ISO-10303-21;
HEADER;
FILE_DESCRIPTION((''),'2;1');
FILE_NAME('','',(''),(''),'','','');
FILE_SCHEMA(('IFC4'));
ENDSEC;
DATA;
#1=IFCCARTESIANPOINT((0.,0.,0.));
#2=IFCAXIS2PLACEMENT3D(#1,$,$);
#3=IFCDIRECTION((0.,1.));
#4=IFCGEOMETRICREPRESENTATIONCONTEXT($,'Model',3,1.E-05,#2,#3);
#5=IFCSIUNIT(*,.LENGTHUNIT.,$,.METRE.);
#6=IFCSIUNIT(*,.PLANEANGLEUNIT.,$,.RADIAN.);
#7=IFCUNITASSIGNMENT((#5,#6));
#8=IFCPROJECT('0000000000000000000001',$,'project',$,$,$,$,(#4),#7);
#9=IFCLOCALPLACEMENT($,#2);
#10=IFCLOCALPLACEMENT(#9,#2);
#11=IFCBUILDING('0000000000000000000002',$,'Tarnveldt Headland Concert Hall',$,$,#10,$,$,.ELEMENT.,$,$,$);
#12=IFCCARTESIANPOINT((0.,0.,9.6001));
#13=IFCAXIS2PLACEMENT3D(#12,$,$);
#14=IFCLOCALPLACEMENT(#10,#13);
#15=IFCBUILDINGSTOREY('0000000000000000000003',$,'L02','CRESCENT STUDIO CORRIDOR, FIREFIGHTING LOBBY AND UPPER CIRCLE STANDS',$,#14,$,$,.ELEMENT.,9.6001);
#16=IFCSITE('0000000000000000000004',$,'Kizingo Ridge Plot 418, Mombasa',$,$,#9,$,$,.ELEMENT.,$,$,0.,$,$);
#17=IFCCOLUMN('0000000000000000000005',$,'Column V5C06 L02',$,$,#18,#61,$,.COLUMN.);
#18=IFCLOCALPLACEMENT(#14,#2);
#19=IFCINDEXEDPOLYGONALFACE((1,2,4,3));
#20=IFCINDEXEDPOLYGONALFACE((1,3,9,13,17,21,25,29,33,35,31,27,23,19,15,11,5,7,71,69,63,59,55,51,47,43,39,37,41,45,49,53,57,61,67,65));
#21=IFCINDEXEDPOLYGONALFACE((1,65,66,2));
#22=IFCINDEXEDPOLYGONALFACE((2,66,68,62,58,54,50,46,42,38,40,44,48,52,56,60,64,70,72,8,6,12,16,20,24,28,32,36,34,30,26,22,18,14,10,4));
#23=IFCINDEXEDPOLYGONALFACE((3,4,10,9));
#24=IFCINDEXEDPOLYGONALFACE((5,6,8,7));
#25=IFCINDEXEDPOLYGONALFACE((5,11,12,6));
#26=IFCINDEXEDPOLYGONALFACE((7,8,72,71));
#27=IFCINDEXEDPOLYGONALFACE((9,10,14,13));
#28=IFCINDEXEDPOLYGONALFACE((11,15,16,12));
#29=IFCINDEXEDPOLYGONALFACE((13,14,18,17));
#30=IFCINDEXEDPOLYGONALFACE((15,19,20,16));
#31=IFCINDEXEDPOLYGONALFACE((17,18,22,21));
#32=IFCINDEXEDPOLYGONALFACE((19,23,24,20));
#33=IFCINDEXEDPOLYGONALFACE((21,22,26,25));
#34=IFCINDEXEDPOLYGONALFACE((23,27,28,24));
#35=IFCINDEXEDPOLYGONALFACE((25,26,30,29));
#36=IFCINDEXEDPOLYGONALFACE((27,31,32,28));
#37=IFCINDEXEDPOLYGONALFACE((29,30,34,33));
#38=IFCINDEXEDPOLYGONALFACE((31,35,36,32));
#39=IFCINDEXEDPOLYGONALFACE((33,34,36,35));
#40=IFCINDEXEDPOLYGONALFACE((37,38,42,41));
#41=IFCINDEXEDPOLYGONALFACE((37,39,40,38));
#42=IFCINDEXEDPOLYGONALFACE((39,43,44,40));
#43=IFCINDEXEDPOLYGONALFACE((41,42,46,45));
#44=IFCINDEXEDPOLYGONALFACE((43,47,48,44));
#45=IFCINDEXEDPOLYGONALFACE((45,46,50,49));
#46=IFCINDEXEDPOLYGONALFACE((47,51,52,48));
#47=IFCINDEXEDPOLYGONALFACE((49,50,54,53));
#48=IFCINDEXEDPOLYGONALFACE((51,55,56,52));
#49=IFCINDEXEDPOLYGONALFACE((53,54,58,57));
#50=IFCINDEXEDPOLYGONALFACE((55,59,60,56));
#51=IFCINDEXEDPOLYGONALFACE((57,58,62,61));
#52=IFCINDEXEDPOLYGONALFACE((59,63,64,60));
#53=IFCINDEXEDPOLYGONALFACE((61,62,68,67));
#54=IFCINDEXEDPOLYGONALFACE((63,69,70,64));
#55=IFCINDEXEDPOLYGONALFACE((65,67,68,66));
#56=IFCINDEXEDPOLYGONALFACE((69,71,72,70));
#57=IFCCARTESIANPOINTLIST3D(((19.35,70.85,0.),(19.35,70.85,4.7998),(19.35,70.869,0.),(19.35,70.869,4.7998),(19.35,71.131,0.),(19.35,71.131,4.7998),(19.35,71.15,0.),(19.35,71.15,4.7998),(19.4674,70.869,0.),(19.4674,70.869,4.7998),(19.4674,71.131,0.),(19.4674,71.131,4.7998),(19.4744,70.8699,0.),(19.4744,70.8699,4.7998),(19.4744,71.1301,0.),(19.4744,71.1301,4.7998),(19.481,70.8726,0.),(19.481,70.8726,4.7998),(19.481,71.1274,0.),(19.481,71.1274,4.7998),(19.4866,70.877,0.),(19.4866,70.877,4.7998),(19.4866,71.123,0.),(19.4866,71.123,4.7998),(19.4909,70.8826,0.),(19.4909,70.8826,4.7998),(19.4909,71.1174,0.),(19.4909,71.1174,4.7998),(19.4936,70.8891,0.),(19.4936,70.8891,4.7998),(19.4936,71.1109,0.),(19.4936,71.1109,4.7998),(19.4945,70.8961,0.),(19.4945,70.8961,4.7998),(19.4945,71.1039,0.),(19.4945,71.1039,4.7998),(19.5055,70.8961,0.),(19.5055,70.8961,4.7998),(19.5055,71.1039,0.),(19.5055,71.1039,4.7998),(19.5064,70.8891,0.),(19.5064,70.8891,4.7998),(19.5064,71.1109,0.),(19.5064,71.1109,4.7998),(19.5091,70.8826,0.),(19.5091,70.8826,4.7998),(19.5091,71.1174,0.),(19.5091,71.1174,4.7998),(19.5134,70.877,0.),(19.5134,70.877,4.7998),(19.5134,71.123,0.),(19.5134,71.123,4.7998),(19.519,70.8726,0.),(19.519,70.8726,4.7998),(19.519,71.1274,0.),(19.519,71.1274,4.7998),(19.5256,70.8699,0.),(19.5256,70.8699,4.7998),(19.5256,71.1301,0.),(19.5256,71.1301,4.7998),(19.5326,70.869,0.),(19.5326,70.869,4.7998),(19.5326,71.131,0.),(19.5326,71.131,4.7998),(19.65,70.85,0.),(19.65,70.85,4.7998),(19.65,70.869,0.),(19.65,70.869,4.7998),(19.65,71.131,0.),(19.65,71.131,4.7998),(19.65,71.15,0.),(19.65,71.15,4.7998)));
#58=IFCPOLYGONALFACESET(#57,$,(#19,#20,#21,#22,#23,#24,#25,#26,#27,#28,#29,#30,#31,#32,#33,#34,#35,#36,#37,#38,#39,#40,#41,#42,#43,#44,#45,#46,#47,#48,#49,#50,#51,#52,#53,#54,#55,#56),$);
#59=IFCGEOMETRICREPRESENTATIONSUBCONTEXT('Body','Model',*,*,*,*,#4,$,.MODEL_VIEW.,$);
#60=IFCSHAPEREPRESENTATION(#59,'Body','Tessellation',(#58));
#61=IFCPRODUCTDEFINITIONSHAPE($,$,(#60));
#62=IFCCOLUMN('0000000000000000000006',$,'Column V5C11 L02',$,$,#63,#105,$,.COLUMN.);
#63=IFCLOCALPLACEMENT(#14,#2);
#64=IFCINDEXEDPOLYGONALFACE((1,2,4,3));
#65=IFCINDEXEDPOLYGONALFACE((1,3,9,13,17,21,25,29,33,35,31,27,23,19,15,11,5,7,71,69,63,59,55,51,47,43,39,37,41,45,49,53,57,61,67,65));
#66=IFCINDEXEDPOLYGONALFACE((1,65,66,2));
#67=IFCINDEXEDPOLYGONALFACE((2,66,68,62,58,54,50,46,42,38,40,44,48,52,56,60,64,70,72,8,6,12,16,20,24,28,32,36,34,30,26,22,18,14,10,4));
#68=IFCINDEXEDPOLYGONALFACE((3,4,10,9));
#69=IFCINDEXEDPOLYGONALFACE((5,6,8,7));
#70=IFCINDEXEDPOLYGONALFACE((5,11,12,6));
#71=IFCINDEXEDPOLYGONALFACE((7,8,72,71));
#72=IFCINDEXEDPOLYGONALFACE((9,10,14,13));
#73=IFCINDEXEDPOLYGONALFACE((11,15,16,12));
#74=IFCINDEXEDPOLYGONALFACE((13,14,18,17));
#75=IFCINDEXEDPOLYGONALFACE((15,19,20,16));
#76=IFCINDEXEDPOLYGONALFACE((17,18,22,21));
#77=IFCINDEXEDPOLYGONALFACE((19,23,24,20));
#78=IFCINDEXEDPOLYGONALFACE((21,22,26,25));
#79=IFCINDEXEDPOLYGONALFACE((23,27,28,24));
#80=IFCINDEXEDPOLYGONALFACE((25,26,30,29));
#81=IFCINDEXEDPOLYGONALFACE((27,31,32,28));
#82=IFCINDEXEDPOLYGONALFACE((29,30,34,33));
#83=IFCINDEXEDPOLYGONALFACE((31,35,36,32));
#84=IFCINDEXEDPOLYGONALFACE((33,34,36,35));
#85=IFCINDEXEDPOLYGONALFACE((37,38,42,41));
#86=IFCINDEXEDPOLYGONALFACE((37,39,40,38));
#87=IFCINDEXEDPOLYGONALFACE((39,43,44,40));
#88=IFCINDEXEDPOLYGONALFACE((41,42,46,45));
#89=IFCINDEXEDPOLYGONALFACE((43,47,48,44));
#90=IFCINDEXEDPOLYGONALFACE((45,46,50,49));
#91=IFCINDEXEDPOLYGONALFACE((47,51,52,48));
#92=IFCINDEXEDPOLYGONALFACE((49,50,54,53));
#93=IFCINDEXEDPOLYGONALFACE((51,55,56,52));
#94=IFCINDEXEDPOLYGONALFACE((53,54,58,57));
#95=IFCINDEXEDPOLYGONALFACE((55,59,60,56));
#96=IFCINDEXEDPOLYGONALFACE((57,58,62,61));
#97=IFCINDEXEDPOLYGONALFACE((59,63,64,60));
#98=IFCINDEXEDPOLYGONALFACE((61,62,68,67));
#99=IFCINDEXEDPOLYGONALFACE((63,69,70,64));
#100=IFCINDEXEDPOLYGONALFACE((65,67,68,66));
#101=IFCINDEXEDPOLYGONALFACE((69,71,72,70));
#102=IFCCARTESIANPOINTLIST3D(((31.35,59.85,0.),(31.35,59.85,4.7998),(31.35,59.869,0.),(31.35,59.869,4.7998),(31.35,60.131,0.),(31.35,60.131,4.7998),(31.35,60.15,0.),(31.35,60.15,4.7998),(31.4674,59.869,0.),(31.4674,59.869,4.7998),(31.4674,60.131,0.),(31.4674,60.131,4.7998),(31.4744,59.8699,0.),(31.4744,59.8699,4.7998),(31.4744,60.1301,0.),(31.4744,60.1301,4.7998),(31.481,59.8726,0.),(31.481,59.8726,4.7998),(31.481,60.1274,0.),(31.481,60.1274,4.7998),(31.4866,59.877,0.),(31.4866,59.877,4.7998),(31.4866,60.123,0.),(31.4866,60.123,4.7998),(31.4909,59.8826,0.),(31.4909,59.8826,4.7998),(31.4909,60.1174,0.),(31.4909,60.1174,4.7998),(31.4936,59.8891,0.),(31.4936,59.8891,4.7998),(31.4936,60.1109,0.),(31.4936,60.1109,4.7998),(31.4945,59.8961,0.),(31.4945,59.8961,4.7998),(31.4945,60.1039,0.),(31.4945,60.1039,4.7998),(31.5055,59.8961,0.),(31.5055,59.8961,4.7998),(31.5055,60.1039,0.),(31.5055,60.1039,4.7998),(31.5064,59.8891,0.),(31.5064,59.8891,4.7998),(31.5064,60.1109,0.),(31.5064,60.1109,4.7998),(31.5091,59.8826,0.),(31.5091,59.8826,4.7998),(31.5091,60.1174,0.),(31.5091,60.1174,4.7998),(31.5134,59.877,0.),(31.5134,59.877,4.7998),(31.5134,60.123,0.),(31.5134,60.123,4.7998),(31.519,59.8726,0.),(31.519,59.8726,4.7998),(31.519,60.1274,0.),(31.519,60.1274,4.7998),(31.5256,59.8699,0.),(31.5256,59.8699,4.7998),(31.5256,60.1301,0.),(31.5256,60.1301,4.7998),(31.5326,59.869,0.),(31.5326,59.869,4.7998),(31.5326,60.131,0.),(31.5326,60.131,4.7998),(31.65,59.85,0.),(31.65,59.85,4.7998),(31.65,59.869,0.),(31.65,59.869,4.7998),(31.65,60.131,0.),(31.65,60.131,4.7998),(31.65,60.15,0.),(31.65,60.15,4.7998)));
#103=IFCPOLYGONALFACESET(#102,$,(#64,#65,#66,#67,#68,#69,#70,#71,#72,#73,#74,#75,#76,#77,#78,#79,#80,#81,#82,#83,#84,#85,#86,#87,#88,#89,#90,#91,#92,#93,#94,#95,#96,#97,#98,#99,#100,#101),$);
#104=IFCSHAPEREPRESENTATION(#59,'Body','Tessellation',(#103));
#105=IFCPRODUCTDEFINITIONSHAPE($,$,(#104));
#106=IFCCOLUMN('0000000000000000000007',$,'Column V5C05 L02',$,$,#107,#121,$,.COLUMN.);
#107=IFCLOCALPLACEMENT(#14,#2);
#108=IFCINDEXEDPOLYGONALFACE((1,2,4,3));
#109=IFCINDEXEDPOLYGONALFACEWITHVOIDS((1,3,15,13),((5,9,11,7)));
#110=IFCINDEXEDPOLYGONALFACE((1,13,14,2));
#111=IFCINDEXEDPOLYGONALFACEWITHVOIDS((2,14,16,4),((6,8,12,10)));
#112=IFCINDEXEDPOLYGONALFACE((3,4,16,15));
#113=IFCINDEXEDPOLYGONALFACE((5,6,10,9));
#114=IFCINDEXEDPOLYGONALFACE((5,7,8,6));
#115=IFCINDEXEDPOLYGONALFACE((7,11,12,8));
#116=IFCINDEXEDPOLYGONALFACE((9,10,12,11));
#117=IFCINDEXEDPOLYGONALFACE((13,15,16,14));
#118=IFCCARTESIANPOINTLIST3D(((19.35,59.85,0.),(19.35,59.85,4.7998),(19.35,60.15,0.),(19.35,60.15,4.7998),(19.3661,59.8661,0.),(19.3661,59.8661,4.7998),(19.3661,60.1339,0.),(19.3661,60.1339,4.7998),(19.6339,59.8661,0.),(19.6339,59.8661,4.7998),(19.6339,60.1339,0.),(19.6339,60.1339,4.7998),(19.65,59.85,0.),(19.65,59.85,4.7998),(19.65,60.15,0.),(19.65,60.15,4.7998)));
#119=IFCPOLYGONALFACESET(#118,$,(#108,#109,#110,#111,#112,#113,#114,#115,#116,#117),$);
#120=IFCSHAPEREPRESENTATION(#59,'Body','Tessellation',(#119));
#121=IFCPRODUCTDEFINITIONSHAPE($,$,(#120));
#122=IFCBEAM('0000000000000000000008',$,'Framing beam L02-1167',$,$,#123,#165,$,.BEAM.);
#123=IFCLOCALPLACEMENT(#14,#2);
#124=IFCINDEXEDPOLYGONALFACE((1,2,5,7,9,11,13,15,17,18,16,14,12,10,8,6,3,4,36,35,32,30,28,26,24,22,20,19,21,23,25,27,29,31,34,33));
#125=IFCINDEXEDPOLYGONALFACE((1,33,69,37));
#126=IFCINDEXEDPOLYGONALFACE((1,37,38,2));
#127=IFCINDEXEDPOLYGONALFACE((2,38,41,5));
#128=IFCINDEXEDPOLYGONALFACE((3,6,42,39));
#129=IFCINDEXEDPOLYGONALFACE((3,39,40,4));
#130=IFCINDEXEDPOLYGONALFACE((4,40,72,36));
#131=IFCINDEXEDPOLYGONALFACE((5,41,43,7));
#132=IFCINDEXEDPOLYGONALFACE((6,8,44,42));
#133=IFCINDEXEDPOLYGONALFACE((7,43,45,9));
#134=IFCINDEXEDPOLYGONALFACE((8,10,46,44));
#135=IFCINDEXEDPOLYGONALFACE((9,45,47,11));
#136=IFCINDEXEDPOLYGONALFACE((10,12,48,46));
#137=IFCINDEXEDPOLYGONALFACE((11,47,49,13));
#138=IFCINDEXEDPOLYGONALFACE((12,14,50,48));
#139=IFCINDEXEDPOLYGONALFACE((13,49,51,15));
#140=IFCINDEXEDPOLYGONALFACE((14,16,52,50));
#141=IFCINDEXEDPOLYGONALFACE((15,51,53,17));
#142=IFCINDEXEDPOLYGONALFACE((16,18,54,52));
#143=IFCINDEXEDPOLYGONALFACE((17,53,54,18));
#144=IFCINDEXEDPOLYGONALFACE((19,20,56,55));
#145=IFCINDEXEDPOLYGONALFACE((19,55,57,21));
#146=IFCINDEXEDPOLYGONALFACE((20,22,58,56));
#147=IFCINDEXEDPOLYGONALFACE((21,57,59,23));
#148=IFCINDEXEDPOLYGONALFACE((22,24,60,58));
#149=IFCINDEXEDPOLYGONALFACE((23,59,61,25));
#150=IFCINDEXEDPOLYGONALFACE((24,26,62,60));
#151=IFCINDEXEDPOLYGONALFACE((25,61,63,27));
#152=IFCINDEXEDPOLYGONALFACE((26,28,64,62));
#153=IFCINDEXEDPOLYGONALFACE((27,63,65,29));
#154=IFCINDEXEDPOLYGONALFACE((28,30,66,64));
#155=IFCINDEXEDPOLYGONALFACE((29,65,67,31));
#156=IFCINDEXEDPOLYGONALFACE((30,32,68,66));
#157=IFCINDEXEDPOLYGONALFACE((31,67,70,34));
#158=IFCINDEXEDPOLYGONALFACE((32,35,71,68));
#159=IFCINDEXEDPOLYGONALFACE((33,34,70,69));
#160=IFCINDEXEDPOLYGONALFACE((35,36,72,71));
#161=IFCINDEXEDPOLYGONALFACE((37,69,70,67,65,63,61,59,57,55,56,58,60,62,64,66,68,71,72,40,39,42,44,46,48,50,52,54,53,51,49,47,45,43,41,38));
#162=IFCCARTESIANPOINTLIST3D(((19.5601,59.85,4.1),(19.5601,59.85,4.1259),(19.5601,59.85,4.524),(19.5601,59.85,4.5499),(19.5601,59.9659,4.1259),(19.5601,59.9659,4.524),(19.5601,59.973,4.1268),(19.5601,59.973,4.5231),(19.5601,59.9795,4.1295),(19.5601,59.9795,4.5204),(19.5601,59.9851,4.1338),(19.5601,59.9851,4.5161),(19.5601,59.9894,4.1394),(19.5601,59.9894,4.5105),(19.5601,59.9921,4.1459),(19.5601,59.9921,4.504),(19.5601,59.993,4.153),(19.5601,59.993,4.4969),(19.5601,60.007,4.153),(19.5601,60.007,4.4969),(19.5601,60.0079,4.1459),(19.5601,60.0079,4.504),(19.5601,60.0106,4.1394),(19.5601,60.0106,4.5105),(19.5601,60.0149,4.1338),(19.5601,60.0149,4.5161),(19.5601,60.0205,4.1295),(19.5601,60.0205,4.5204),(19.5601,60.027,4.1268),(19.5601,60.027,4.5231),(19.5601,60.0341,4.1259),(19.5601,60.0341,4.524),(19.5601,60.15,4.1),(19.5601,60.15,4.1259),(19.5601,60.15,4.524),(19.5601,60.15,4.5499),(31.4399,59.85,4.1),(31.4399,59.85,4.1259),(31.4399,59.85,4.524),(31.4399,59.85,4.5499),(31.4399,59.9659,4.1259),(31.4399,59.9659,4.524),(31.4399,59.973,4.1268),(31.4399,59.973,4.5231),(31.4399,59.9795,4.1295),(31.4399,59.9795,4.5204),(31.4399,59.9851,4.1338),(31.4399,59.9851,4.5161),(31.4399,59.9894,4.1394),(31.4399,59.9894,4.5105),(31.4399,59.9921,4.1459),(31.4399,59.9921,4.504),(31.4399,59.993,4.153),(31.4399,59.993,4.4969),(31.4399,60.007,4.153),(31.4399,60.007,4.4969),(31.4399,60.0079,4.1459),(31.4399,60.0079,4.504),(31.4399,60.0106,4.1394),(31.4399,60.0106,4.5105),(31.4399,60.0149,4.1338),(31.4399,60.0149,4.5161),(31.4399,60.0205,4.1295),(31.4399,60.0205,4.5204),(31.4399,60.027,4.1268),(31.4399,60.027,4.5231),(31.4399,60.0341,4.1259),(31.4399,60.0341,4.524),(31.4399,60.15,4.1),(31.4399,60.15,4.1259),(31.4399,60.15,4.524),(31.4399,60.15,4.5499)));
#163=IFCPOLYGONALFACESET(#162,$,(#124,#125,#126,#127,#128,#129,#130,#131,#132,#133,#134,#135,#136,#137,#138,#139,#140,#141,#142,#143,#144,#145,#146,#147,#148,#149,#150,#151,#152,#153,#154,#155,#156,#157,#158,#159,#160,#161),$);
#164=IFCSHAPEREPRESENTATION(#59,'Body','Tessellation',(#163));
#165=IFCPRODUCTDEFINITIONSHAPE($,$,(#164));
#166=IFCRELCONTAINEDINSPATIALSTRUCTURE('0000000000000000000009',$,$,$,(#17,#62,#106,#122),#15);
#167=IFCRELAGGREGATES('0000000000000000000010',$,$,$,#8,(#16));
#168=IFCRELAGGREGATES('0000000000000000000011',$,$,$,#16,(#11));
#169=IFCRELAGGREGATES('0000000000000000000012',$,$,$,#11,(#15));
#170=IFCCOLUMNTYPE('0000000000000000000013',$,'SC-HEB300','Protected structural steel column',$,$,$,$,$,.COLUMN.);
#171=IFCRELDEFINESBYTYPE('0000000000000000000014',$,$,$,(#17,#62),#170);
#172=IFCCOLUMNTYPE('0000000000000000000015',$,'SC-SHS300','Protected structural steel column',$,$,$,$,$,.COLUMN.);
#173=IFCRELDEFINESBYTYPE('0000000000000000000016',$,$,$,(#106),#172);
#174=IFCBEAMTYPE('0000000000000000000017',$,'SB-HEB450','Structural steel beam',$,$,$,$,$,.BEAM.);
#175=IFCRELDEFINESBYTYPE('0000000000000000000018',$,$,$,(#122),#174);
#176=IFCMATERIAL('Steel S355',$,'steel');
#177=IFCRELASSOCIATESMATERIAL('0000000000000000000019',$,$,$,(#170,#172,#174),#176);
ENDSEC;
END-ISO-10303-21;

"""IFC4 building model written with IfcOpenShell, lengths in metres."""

from ifc_helpers import new_model, si_unit, direction, frame, origin, origin_2d, place, context, subcontext, project, spatial, hollow_rectangle, i_section, extrude, material, material_profile, profile_set, type_object, element, save


model = new_model("IFC4")

# Units and contexts
model_context = context("Model", 3, precision=1e-05, world=origin(), true_north=direction((0.0, 1.0)))
body_context = subcontext(model_context, "Body", "Model", "MODEL_VIEW")
ifc_project = project(units=[si_unit("LENGTHUNIT", "METRE"), si_unit("PLANEANGLEUNIT", "RADIAN")], contexts=[model_context])

# Site, building, storey
site_placement = place(None, origin())
site = spatial("IfcSite", under=ifc_project, at=site_placement, Name="Kizingo Ridge Plot 418, Mombasa", CompositionType="ELEMENT", RefElevation=0.0)
building_placement = place(site_placement, origin())
building = spatial("IfcBuilding", under=site, at=building_placement, Name="Tarnveldt Headland Concert Hall", CompositionType="ELEMENT")
storey_placement = place(building_placement, frame((0.0, 0.0, 9.6001)))
storey = spatial("IfcBuildingStorey", under=building, at=storey_placement, Name="L02", Description="CRESCENT STUDIO CORRIDOR, FIREFIGHTING LOBBY AND UPPER CIRCLE STANDS", CompositionType="ELEMENT", Elevation=9.6001)

# Columns
ifc_material_1 = material(Name="Steel S355", Category="steel")
ifc_material_profile_1 = material_profile(ifc_material_1, i_section(OverallWidth=0.3, OverallDepth=0.3, WebThickness=0.011, FlangeThickness=0.019, FilletRadius=0.0271, at=origin_2d()), Name="HEB300", Category="steel")
ifc_profile_set_1 = profile_set([ifc_material_profile_1], Name="Steel S355")
column_type_1 = type_object("IfcColumnType", Name="SC-HEB300", Description="Protected structural steel column", PredefinedType="COLUMN", material=ifc_profile_set_1)
for number, where, z_axis, x_axis, name in (
    (1, (19.5, 71.0, 0.0), (0.0, 0.0, 1.0), (1.0, 0.0, 0.0), "Column V5C06 L02"),
    (2, (31.5, 60.0, 0.0), (0.0, 0.0, 1.0), (1.0, 0.0, 0.0), "Column V5C11 L02"),
):
    element("IfcColumn", number, at=place(storey_placement, frame(where, z_axis=z_axis, x_axis=x_axis)), inside=storey, type_object=column_type_1, Name=name, PredefinedType="COLUMN", context=body_context, shape_type="SweptSolid", body=[
        extrude(i_section(OverallWidth=0.3, OverallDepth=0.3, WebThickness=0.011, FlangeThickness=0.019, FilletRadius=0.0271, at=origin_2d()), origin(), (0.0, 0.0, 1.0), 4.7998),
    ])
ifc_material_profile_2 = material_profile(ifc_material_1, hollow_rectangle(XDim=0.3, YDim=0.3, WallThickness=0.0161, at=origin_2d()), Name="SHS 300x300x16", Category="steel")
ifc_profile_set_2 = profile_set([ifc_material_profile_2], Name="Steel S355")
column_type_2 = type_object("IfcColumnType", Name="SC-SHS300", Description="Protected structural steel column", PredefinedType="COLUMN", material=ifc_profile_set_2)
column_placement = place(storey_placement, frame((19.5, 60.0, 0.0), z_axis=(0.0, 0.0, 1.0), x_axis=(1.0, 0.0, 0.0)))
element("IfcColumn", 3, at=column_placement, inside=storey, type_object=column_type_2, Name="Column V5C05 L02", PredefinedType="COLUMN", context=body_context, shape_type="SweptSolid", body=[
    extrude(hollow_rectangle(XDim=0.3, YDim=0.3, WallThickness=0.0161, at=origin_2d()), origin(), (0.0, 0.0, 1.0), 4.7998),
])

# Beam
ifc_material_profile_3 = material_profile(ifc_material_1, i_section(OverallWidth=0.3, OverallDepth=0.45, WebThickness=0.0139, FlangeThickness=0.0259, FilletRadius=0.0271, at=origin_2d()), Name="HEB450", Category="steel")
ifc_profile_set_3 = profile_set([ifc_material_profile_3], Name="Steel S355")
beam_type_1 = type_object("IfcBeamType", Name="SB-HEB450", Description="Structural steel beam", PredefinedType="BEAM", material=ifc_profile_set_3)
beam_1_placement = place(storey_placement, frame((19.5601, 60.0, 4.325), z_axis=(1.0, 0.0, 0.0), x_axis=(0.0, 1.0, 0.0)))
element("IfcBeam", 4, at=beam_1_placement, inside=storey, type_object=beam_type_1, Name="Framing beam L02-1167", PredefinedType="BEAM", context=body_context, shape_type="SweptSolid", body=[
    extrude(i_section(OverallWidth=0.3, OverallDepth=0.45, WebThickness=0.0139, FlangeThickness=0.0259, FilletRadius=0.0271, at=origin_2d()), origin(), (0.0, 0.0, 1.0), 11.8799),
])

save(model, "model.ifc")
